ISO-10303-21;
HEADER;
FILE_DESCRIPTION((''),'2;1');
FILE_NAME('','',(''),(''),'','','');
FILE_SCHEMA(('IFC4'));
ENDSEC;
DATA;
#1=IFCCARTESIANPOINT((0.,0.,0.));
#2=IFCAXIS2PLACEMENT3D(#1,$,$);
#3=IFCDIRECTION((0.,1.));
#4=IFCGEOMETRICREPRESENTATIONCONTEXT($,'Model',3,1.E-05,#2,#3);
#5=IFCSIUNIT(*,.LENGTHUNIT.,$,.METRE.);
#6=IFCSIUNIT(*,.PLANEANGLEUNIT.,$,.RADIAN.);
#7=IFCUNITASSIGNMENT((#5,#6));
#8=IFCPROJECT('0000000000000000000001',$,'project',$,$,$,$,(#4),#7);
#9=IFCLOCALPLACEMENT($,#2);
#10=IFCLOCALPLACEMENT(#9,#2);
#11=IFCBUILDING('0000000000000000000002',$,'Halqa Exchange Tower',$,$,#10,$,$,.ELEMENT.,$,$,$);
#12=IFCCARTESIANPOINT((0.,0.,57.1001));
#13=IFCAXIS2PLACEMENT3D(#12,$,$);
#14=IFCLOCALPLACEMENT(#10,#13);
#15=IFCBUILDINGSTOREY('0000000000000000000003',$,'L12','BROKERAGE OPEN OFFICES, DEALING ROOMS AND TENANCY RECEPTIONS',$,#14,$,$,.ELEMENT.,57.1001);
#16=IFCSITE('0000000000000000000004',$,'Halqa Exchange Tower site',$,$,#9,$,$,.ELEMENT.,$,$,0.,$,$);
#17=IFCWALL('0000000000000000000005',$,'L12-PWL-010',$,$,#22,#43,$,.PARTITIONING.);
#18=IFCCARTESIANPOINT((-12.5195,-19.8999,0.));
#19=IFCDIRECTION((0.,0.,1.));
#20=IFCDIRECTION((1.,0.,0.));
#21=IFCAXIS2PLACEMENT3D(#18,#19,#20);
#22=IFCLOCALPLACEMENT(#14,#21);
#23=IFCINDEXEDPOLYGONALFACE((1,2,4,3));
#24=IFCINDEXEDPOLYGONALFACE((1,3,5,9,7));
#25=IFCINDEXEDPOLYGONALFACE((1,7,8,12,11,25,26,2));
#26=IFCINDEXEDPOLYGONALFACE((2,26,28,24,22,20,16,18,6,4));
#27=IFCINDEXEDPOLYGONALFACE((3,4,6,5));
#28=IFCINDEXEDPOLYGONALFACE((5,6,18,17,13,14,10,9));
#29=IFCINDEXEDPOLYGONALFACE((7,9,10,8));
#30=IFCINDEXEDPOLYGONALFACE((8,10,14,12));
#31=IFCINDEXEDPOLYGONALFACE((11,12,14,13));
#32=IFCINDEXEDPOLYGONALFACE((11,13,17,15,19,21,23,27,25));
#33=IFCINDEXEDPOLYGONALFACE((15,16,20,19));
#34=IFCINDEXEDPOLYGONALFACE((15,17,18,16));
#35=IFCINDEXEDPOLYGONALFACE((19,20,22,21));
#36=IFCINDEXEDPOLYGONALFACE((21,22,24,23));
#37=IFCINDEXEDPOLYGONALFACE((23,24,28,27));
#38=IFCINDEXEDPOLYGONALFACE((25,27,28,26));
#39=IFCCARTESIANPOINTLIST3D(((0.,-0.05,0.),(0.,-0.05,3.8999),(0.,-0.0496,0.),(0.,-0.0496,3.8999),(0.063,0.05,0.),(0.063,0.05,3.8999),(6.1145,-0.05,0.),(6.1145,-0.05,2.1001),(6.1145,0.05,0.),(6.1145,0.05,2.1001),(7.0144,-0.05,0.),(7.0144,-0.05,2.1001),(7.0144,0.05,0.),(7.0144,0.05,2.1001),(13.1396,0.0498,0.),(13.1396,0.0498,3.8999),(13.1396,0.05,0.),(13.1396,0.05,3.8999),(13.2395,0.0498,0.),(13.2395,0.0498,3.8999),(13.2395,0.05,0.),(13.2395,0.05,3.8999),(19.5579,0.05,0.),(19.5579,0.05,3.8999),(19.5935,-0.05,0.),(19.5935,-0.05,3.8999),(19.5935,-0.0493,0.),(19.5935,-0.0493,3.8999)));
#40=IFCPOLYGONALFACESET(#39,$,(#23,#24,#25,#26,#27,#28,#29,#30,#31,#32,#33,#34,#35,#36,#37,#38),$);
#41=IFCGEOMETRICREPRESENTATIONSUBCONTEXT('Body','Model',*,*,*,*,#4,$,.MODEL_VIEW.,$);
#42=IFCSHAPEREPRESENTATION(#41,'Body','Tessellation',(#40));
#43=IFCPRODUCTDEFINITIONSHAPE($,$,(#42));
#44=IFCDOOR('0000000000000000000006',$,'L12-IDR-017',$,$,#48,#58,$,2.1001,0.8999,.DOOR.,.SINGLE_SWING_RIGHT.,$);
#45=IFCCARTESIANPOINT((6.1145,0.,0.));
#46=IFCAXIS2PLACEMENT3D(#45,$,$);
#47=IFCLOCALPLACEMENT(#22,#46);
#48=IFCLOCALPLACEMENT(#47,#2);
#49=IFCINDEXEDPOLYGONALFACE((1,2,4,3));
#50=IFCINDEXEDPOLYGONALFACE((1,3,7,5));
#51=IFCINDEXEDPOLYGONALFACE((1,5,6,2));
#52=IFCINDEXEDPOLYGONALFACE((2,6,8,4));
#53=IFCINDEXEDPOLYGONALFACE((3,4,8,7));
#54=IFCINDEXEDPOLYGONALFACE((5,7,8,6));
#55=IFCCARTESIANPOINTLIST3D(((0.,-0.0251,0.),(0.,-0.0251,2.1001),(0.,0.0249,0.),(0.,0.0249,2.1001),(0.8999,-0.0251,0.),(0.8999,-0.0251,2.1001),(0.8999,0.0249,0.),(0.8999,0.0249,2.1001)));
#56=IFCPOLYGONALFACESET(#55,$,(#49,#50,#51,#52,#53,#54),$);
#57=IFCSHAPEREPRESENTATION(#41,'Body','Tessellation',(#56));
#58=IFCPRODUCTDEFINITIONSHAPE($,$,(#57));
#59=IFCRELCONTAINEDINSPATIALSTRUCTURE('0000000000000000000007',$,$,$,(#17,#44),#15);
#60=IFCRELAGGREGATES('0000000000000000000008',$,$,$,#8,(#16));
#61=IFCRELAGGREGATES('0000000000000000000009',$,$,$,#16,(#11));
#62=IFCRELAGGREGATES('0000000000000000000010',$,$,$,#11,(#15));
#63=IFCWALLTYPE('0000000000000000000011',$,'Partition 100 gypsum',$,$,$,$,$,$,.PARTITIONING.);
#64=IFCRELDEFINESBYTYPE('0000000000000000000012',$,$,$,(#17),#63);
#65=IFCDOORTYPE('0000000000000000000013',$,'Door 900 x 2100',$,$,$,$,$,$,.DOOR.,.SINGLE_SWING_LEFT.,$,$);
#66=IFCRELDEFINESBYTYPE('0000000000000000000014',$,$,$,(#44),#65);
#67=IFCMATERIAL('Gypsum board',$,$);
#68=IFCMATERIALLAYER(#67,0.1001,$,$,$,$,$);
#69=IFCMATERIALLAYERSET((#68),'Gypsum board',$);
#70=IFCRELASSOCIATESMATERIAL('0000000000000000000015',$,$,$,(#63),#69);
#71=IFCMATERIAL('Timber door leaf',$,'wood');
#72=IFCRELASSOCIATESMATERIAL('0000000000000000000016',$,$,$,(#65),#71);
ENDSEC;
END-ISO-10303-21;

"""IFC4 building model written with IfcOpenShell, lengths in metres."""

from ifc_helpers import new_model, si_unit, direction, frame, frame_2d, origin, place, context, subcontext, project, spatial, polyline, rectangle, outline, extrude, material, layer, layer_set, type_object, element, fill, save


model = new_model("IFC4")

# Units and contexts
model_context = context("Model", 3, precision=1e-05, world=origin(), true_north=direction((0.0, 1.0)))
body_context = subcontext(model_context, "Body", "Model", "MODEL_VIEW")
ifc_project = project(units=[si_unit("LENGTHUNIT", "METRE"), si_unit("PLANEANGLEUNIT", "RADIAN")], contexts=[model_context])

# Site, building, storey
site_placement = place(None, origin())
site = spatial("IfcSite", under=ifc_project, at=site_placement, Name="Halqa Exchange Tower site", CompositionType="ELEMENT", RefElevation=0.0)
building_placement = place(site_placement, origin())
building = spatial("IfcBuilding", under=site, at=building_placement, Name="Halqa Exchange Tower", CompositionType="ELEMENT")
storey_placement = place(building_placement, frame((0.0, 0.0, 57.1001)))
storey = spatial("IfcBuildingStorey", under=building, at=storey_placement, Name="L12", Description="BROKERAGE OPEN OFFICES, DEALING ROOMS AND TENANCY RECEPTIONS", CompositionType="ELEMENT", Elevation=57.1001)

# Wall, opening, door
ifc_material_1 = material(Name="Gypsum board")
ifc_layer_1 = layer(ifc_material_1, 0.1001)
ifc_layer_set_1 = layer_set([ifc_layer_1], Name="Gypsum board")
wall_type_1 = type_object("IfcWallType", Name="Partition 100 gypsum", PredefinedType="PARTITIONING", material=ifc_layer_set_1)
wall_1_placement = place(storey_placement, frame((-12.5195, -19.8999, 0.0), z_axis=(0.0, 0.0, 1.0), x_axis=(1.0, 0.0, 0.0)))
wall_1 = element("IfcWall", 1, at=wall_1_placement, inside=storey, type_object=wall_type_1, Name="L12-PWL-010", PredefinedType="PARTITIONING", context=body_context, shape_type="SweptSolid", body=[
    extrude(outline(polyline([(19.5935, -0.05), (19.5935, -0.0493), (19.5579, 0.05), (17.9783, 0.05), (16.3987, 0.05), (14.8191, 0.05), (13.2395, 0.05), (13.2395, 0.0498), (13.1396, 0.0498), (13.1396, 0.05), (11.2715, 0.05), (9.4033, 0.05), (7.5352, 0.05), (5.6672, 0.05), (3.7991, 0.05), (1.9309, 0.05), (0.063, 0.05), (0.0, -0.0496), (0.0, -0.05), (1.9595, -0.05), (3.9187, -0.05), (5.8779, -0.05), (7.8374, -0.05), (9.7969, -0.05), (11.7561, -0.05), (13.7153, -0.05), (15.6748, -0.05), (17.6343, -0.05), (19.5935, -0.05)])), origin(), (0.0, 0.0, 1.0), 3.8999),
])
opening_1_placement = place(wall_1_placement, frame((6.1145, 0.0, 0.0)))
opening_1 = element("IfcOpeningElement", 2, at=opening_1_placement, cuts=wall_1, PredefinedType="OPENING", context=body_context, shape_type="SweptSolid", body=[
    extrude(rectangle(XDim=0.8999, YDim=2.1001, at=frame_2d((0.45, 1.05))), frame((0.0, 0.062, 0.0), z_axis=(0.0, -1.0, 0.0), x_axis=(1.0, 0.0, 0.0)), (0.0, 0.0, 1.0), 0.124),
])
ifc_material_2 = material(Name="Timber door leaf", Category="wood")
door_type_1 = type_object("IfcDoorType", Name="Door 900 x 2100", OperationType="SINGLE_SWING_LEFT", PredefinedType="DOOR", material=ifc_material_2)
door_1_placement = place(opening_1_placement, origin())
door_1 = element("IfcDoor", 3, at=door_1_placement, inside=storey, type_object=door_type_1, Name="L12-IDR-017", OperationType="SINGLE_SWING_RIGHT", OverallHeight=2.1001, OverallWidth=0.8999, PredefinedType="DOOR", context=body_context, shape_type="SweptSolid", body=[
    extrude(rectangle(XDim=0.8999, YDim=2.1001, at=frame_2d((0.45, 1.05))), frame((0.0, 0.0249, 0.0), z_axis=(0.0, -1.0, 0.0), x_axis=(1.0, 0.0, 0.0)), (0.0, 0.0, 1.0), 0.05),
])
fill(opening_1, door_1)

save(model, "model.ifc")
